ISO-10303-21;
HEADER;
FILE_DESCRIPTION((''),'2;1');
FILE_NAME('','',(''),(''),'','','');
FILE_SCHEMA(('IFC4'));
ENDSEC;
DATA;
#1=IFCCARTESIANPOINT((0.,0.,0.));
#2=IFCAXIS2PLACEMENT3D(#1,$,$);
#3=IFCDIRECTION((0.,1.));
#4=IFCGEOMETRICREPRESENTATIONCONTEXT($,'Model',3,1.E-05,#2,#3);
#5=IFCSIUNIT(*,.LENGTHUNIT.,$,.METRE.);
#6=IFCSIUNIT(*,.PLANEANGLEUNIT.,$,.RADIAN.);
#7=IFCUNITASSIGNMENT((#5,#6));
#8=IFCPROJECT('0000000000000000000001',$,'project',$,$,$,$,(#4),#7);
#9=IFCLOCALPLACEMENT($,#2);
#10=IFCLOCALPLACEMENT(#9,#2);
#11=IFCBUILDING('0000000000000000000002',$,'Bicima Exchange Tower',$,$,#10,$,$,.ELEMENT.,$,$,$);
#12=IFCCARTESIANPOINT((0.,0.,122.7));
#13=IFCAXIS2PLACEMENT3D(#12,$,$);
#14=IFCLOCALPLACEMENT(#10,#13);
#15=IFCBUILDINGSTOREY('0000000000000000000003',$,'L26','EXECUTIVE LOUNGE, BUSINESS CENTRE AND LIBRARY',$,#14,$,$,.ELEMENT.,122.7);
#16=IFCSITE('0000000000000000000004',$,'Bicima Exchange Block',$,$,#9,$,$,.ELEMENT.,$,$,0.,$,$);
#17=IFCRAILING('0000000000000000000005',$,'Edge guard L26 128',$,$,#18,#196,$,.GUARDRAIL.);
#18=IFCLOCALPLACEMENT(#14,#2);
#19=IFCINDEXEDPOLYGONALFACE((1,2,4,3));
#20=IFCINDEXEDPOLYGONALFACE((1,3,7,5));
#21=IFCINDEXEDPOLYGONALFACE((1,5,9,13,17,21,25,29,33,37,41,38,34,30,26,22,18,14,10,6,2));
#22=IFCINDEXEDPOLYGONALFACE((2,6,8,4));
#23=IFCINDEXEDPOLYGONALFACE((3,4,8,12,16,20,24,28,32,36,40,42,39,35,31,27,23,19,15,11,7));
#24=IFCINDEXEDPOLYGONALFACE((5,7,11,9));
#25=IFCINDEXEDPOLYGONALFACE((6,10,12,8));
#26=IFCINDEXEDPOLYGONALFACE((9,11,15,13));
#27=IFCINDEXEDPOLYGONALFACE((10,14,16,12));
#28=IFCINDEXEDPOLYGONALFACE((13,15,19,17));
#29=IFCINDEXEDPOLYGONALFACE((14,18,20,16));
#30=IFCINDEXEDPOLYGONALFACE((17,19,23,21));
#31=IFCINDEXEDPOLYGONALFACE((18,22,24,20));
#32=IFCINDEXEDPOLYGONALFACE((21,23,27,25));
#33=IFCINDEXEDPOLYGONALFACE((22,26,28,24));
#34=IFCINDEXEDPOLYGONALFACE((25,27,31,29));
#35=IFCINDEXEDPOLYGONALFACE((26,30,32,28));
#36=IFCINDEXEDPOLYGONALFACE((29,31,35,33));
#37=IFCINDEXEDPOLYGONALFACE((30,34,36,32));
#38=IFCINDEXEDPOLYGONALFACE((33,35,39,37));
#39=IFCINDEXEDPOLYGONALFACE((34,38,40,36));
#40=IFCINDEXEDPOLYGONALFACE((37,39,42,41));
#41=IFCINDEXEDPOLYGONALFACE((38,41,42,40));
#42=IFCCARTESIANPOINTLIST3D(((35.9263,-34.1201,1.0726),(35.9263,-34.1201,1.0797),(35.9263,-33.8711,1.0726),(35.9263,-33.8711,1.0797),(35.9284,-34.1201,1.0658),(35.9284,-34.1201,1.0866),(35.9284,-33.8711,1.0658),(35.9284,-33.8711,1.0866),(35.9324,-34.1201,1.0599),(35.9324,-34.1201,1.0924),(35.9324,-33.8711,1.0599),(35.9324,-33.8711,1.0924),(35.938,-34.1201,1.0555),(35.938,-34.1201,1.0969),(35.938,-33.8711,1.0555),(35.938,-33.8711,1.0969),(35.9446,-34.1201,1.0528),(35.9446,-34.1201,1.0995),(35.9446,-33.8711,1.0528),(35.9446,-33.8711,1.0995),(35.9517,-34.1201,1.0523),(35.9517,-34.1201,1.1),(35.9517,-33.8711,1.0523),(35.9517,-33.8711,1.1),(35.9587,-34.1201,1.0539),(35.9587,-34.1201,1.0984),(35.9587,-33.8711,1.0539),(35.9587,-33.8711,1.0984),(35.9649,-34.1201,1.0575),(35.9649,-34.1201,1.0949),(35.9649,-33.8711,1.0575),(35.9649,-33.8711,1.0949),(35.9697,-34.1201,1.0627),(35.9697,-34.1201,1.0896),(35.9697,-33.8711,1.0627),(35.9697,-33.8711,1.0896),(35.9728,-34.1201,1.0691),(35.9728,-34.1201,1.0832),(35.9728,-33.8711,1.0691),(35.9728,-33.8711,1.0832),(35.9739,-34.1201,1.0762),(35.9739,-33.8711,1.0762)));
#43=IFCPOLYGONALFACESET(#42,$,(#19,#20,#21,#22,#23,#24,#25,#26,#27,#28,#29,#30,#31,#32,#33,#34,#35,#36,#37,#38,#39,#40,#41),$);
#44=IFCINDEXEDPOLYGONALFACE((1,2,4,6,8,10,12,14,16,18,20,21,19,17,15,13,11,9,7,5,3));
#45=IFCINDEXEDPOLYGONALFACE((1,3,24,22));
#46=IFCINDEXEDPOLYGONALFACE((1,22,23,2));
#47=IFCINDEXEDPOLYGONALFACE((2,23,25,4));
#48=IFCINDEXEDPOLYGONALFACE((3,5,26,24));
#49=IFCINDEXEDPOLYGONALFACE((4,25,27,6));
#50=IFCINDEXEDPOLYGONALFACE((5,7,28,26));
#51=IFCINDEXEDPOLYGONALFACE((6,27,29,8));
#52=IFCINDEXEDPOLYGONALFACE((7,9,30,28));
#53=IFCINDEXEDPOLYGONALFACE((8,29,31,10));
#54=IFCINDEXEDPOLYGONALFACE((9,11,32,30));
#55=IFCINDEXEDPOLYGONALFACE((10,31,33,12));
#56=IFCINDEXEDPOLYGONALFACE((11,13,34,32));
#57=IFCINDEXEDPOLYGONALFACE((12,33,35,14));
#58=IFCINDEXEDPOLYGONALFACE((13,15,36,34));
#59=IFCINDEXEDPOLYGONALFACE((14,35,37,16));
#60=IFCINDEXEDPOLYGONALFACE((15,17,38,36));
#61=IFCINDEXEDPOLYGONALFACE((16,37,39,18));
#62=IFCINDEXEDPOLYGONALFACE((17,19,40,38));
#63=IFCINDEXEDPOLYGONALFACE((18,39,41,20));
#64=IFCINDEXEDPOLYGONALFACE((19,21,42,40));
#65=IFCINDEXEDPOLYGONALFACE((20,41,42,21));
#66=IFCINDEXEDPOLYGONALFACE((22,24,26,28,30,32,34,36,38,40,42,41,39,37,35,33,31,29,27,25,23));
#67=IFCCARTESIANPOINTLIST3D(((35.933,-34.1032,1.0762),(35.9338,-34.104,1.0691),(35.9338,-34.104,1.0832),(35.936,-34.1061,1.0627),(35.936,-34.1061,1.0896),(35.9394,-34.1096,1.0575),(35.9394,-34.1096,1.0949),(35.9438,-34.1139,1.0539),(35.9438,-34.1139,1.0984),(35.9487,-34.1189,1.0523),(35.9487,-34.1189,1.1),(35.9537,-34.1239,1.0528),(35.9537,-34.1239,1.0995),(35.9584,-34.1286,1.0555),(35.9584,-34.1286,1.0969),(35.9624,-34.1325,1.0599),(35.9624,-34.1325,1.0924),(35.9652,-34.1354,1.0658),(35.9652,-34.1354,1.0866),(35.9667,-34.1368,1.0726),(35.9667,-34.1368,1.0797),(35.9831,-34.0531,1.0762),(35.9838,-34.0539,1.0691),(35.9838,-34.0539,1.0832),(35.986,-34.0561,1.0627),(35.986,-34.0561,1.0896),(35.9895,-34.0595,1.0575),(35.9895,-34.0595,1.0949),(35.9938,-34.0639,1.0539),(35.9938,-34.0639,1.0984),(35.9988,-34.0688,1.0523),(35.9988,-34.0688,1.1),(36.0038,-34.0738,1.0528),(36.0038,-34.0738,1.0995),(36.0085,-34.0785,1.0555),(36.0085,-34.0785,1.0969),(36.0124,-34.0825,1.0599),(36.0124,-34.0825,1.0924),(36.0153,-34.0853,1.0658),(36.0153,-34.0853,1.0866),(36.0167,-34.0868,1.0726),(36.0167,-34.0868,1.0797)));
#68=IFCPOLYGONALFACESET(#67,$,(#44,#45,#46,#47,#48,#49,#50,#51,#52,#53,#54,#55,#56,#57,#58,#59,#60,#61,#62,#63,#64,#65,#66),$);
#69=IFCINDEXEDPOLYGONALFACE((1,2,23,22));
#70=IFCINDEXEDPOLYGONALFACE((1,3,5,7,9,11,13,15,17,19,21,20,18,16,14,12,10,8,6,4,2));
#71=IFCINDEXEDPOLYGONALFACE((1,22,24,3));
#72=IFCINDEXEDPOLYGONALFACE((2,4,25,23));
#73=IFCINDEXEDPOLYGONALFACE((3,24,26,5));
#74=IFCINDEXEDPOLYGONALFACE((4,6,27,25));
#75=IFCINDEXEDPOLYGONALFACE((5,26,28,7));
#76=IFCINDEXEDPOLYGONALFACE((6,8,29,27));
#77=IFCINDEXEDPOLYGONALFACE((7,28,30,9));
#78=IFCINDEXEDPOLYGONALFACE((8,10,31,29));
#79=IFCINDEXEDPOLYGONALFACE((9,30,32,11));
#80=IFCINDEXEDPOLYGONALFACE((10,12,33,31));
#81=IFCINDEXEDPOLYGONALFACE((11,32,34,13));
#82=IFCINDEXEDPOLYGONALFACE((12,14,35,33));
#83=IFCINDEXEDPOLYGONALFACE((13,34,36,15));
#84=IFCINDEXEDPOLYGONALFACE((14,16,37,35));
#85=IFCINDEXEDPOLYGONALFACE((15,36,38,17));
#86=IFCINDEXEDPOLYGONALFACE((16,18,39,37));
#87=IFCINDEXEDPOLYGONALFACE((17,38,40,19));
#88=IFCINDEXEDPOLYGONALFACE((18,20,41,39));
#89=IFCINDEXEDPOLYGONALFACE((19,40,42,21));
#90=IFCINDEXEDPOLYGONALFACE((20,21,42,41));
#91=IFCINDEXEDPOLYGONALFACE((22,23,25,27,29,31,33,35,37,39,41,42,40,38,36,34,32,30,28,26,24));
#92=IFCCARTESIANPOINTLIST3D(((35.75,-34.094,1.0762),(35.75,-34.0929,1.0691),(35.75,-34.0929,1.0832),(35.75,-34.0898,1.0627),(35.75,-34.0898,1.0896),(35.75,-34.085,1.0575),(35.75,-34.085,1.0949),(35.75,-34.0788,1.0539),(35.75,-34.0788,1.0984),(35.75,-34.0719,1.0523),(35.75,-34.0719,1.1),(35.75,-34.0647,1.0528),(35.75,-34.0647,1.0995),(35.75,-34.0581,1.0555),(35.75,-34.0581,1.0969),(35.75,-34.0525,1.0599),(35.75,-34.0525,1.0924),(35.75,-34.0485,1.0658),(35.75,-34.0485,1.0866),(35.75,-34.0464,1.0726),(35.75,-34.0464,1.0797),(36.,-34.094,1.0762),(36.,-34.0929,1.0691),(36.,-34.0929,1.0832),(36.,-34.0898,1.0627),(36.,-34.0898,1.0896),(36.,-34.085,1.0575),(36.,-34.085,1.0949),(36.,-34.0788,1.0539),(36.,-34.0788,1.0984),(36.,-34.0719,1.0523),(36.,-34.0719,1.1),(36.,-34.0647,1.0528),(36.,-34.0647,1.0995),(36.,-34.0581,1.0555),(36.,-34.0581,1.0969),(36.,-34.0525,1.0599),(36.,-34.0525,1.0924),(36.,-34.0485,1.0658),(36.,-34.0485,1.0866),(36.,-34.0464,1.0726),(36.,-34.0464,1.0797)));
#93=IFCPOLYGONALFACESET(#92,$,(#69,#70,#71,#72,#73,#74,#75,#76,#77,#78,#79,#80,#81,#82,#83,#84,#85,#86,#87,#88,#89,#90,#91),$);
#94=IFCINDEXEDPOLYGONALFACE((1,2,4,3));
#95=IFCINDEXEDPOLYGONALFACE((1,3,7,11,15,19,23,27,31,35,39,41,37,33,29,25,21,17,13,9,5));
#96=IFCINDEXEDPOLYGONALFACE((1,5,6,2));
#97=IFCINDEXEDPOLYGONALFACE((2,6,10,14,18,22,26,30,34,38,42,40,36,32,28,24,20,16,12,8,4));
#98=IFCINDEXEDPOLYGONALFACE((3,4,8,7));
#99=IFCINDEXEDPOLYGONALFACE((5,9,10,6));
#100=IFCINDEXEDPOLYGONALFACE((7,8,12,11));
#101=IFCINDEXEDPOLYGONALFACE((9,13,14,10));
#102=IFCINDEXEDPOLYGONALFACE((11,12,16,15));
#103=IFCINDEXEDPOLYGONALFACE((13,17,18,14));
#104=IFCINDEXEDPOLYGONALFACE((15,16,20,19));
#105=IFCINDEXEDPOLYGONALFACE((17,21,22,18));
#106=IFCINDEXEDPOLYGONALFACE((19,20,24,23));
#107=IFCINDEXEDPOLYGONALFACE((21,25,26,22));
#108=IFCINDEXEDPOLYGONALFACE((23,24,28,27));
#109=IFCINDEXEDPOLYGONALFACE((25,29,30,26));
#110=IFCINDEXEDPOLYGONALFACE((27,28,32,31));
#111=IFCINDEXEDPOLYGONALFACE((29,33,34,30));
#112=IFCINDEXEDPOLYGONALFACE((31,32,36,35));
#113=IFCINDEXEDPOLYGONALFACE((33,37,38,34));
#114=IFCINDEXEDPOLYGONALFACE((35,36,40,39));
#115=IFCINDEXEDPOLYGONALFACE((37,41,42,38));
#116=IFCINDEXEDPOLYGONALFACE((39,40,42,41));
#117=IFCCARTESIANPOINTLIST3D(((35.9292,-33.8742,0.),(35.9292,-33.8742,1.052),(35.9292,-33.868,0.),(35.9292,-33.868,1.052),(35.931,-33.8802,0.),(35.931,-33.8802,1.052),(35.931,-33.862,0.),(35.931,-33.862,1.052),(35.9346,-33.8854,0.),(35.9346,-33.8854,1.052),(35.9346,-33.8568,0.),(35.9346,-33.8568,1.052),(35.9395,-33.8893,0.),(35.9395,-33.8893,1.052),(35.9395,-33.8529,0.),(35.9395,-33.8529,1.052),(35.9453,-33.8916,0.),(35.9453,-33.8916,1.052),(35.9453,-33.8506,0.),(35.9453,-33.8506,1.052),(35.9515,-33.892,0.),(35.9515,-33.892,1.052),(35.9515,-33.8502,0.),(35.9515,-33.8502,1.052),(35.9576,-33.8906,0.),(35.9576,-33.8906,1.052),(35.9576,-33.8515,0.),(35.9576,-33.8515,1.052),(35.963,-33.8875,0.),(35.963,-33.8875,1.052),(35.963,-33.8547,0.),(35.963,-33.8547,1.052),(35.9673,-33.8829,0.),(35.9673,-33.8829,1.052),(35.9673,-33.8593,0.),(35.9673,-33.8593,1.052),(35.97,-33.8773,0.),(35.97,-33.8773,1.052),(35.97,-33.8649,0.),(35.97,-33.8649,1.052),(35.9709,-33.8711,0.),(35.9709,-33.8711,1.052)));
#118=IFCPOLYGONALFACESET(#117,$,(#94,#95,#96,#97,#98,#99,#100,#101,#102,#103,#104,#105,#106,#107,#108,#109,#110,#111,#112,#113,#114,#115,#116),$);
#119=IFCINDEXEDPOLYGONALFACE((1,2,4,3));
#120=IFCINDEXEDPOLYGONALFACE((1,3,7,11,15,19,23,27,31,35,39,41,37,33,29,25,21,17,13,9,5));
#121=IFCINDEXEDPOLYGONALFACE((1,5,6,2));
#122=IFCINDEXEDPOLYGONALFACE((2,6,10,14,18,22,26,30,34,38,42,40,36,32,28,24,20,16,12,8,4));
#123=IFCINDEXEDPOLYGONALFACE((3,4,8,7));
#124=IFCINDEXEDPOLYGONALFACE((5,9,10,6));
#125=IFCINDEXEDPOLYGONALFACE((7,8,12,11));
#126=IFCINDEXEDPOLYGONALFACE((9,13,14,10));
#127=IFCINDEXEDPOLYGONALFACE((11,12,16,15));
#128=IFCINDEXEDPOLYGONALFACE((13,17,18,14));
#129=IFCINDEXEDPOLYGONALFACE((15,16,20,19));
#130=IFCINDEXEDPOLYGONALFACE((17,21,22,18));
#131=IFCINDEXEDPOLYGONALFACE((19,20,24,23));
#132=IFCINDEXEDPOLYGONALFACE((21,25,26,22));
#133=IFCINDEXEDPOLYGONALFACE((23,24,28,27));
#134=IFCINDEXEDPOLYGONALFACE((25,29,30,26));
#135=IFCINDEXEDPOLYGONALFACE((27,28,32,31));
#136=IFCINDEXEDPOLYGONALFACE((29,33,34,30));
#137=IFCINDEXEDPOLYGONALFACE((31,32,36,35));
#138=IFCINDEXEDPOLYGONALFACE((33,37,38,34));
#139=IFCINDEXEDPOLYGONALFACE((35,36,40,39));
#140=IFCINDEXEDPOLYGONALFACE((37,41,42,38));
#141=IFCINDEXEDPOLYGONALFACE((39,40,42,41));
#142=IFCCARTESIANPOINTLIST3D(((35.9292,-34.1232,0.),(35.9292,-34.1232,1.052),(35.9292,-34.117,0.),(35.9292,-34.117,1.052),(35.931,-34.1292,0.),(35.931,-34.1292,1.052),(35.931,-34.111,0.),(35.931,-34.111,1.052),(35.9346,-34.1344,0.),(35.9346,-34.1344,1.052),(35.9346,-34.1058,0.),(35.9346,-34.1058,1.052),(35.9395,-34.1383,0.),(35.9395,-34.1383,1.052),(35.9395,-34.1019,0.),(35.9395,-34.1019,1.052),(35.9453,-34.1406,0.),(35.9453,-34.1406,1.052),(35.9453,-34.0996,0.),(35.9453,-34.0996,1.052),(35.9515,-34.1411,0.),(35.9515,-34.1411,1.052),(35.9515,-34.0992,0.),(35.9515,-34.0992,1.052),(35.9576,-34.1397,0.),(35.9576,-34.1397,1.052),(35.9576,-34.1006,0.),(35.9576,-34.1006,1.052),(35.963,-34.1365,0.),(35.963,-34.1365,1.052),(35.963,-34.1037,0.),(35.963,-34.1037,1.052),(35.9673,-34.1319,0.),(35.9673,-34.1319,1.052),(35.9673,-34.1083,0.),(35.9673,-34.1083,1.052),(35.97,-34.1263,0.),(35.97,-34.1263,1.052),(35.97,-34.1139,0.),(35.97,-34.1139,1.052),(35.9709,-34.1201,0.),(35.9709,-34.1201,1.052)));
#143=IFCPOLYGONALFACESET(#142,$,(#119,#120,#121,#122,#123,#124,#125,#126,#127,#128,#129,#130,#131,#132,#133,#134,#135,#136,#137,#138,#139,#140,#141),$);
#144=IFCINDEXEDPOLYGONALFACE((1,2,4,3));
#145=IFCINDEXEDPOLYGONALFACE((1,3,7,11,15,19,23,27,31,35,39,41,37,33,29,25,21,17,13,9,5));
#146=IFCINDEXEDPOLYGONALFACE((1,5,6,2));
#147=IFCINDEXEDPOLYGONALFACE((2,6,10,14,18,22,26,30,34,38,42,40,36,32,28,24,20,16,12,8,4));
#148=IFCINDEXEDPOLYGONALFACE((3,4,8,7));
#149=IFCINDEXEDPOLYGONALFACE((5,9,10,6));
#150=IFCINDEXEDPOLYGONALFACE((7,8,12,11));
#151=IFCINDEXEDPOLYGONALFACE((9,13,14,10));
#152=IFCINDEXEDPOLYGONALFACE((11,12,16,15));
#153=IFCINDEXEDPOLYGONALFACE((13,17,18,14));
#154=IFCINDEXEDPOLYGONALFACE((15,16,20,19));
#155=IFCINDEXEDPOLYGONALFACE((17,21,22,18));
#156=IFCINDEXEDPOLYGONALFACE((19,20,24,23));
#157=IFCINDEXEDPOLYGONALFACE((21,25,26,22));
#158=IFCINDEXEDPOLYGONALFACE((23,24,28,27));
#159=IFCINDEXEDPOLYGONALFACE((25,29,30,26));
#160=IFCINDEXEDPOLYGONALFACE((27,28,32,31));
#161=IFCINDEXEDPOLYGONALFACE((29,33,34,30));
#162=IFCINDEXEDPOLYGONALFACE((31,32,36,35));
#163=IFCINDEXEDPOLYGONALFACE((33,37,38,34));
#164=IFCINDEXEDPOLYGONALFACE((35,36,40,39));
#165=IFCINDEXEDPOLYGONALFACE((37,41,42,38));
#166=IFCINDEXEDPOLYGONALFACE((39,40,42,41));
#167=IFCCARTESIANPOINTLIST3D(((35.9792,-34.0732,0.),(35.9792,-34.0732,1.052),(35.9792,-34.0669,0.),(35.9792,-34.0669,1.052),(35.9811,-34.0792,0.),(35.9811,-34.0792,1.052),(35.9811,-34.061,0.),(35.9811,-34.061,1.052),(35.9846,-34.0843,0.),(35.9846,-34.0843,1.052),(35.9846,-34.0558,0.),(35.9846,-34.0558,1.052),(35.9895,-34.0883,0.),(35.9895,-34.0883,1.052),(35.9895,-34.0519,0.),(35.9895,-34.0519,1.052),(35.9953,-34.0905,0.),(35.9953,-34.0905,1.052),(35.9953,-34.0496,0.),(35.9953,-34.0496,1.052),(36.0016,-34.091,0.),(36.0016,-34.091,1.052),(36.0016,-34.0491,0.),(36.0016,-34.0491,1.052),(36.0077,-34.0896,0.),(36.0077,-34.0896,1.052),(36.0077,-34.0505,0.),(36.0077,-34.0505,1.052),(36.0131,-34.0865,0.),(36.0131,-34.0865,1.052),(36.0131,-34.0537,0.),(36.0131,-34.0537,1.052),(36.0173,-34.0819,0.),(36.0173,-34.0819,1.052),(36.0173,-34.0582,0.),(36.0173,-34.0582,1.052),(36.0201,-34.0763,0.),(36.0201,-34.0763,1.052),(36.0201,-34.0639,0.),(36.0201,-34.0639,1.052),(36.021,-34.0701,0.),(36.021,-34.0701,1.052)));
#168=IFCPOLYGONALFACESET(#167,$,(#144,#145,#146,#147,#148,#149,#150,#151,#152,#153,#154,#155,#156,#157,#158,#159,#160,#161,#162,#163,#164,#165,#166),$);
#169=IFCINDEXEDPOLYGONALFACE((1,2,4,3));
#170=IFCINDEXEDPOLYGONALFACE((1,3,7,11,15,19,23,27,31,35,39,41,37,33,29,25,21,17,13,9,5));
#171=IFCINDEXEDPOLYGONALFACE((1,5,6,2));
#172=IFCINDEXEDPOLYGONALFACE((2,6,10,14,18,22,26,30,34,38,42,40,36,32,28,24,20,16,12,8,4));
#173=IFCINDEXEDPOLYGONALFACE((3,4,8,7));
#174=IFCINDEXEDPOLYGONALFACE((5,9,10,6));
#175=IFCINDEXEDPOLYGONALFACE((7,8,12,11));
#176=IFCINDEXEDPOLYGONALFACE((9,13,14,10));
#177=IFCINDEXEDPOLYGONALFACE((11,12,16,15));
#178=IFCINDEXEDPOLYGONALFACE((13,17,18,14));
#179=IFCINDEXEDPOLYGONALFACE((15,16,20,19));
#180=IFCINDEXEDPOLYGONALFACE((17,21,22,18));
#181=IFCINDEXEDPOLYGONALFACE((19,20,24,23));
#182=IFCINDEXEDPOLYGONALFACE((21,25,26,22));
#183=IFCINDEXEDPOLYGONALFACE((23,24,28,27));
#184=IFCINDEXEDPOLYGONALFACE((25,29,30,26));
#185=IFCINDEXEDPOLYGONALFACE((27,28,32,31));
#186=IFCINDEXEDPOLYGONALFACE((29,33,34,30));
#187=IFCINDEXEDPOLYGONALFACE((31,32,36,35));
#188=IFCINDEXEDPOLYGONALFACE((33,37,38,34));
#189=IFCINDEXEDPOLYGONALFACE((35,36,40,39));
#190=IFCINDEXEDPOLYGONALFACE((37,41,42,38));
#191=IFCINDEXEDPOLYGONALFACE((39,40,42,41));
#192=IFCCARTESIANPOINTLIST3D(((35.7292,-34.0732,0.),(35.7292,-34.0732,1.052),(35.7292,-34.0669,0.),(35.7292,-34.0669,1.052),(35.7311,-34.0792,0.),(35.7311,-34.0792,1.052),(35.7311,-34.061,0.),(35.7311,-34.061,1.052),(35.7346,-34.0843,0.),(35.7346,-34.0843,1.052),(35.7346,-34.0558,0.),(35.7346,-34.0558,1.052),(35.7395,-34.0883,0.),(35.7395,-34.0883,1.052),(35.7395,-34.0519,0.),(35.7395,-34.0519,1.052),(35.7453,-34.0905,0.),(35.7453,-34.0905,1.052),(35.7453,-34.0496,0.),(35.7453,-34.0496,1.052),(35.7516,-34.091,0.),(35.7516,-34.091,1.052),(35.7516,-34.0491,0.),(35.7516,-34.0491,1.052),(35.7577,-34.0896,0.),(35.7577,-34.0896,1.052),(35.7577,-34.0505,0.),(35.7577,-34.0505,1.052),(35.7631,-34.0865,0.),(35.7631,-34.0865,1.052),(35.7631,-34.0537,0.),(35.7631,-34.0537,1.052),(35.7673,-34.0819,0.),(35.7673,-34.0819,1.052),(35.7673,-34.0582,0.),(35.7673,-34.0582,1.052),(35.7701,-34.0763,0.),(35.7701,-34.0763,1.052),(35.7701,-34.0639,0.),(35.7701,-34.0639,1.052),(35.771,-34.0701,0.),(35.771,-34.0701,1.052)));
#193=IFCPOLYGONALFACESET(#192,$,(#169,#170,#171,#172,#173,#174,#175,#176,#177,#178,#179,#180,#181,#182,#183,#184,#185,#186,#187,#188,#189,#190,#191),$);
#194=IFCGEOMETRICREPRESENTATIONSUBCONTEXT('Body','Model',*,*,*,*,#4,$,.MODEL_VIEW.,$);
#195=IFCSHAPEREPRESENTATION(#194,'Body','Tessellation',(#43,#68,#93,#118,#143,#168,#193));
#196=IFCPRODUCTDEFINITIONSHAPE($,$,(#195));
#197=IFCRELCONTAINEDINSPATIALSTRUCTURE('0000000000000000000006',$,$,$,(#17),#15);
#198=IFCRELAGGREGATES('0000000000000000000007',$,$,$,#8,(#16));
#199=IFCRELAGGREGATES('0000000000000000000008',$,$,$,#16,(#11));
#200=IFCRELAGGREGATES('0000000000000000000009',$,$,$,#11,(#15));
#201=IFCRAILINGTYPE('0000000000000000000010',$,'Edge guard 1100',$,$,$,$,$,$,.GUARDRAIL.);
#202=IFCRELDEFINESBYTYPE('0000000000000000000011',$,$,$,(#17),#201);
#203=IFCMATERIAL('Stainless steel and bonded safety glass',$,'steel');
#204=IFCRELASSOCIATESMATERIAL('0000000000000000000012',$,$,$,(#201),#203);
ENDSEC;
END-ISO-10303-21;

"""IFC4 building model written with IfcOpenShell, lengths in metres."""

from ifc_helpers import new_model, si_unit, direction, frame, origin, origin_2d, place, context, subcontext, project, spatial, circle, extrude, material, type_object, element, save


model = new_model("IFC4")

# Units and contexts
model_context = context("Model", 3, precision=1e-05, world=origin(), true_north=direction((0.0, 1.0)))
body_context = subcontext(model_context, "Body", "Model", "MODEL_VIEW")
ifc_project = project(units=[si_unit("LENGTHUNIT", "METRE"), si_unit("PLANEANGLEUNIT", "RADIAN")], contexts=[model_context])

# Site, building, storey
site_placement = place(None, origin())
site = spatial("IfcSite", under=ifc_project, at=site_placement, Name="Bicima Exchange Block", CompositionType="ELEMENT", RefElevation=0.0)
building_placement = place(site_placement, origin())
building = spatial("IfcBuilding", under=site, at=building_placement, Name="Bicima Exchange Tower", CompositionType="ELEMENT")
storey_placement = place(building_placement, frame((0.0, 0.0, 122.7)))
storey = spatial("IfcBuildingStorey", under=building, at=storey_placement, Name="L26", Description="EXECUTIVE LOUNGE, BUSINESS CENTRE AND LIBRARY", CompositionType="ELEMENT", Elevation=122.7)

# Railing
ifc_material_1 = material(Name="Stainless steel and bonded safety glass", Category="steel")
railing_type = type_object("IfcRailingType", Name="Edge guard 1100", PredefinedType="GUARDRAIL", material=ifc_material_1)
railing_1_placement = place(storey_placement, frame((35.95, -33.8711, 0.0)))
element("IfcRailing", 1, at=railing_1_placement, inside=storey, type_object=railing_type, Name="Edge guard L26 128", PredefinedType="GUARDRAIL", context=body_context, shape_type="SweptSolid", body=[
    extrude(circle(Radius=0.0239, at=origin_2d()), frame((0.0, 0.0, 1.0762), z_axis=(0.0, -1.0, 0.0), x_axis=(1.0, 0.0, 0.0)), (0.0, 0.0, 1.0), 0.249),
    extrude(circle(Radius=0.0239, at=origin_2d()), frame((0.0, -0.249, 1.0762), z_axis=(0.707107, 0.707107, 0.0), x_axis=(-0.707107, 0.707107, 0.0)), (0.0, 0.0, 1.0), 0.0708),
    extrude(circle(Radius=0.0239, at=origin_2d()), frame((0.05, -0.199, 1.0762), z_axis=(-1.0, 0.0, 0.0), x_axis=(0.0, -1.0, 0.0)), (0.0, 0.0, 1.0), 0.25),
    extrude(circle(Radius=0.021, at=origin_2d()), origin(), (0.0, 0.0, 1.0), 1.052),
    extrude(circle(Radius=0.021, at=origin_2d()), frame((0.0, -0.249, 0.0)), (0.0, 0.0, 1.0), 1.052),
    extrude(circle(Radius=0.021, at=origin_2d()), frame((0.05, -0.199, 0.0)), (0.0, 0.0, 1.0), 1.052),
    extrude(circle(Radius=0.021, at=origin_2d()), frame((-0.2, -0.199, 0.0)), (0.0, 0.0, 1.0), 1.052),
])

save(model, "model.ifc")
